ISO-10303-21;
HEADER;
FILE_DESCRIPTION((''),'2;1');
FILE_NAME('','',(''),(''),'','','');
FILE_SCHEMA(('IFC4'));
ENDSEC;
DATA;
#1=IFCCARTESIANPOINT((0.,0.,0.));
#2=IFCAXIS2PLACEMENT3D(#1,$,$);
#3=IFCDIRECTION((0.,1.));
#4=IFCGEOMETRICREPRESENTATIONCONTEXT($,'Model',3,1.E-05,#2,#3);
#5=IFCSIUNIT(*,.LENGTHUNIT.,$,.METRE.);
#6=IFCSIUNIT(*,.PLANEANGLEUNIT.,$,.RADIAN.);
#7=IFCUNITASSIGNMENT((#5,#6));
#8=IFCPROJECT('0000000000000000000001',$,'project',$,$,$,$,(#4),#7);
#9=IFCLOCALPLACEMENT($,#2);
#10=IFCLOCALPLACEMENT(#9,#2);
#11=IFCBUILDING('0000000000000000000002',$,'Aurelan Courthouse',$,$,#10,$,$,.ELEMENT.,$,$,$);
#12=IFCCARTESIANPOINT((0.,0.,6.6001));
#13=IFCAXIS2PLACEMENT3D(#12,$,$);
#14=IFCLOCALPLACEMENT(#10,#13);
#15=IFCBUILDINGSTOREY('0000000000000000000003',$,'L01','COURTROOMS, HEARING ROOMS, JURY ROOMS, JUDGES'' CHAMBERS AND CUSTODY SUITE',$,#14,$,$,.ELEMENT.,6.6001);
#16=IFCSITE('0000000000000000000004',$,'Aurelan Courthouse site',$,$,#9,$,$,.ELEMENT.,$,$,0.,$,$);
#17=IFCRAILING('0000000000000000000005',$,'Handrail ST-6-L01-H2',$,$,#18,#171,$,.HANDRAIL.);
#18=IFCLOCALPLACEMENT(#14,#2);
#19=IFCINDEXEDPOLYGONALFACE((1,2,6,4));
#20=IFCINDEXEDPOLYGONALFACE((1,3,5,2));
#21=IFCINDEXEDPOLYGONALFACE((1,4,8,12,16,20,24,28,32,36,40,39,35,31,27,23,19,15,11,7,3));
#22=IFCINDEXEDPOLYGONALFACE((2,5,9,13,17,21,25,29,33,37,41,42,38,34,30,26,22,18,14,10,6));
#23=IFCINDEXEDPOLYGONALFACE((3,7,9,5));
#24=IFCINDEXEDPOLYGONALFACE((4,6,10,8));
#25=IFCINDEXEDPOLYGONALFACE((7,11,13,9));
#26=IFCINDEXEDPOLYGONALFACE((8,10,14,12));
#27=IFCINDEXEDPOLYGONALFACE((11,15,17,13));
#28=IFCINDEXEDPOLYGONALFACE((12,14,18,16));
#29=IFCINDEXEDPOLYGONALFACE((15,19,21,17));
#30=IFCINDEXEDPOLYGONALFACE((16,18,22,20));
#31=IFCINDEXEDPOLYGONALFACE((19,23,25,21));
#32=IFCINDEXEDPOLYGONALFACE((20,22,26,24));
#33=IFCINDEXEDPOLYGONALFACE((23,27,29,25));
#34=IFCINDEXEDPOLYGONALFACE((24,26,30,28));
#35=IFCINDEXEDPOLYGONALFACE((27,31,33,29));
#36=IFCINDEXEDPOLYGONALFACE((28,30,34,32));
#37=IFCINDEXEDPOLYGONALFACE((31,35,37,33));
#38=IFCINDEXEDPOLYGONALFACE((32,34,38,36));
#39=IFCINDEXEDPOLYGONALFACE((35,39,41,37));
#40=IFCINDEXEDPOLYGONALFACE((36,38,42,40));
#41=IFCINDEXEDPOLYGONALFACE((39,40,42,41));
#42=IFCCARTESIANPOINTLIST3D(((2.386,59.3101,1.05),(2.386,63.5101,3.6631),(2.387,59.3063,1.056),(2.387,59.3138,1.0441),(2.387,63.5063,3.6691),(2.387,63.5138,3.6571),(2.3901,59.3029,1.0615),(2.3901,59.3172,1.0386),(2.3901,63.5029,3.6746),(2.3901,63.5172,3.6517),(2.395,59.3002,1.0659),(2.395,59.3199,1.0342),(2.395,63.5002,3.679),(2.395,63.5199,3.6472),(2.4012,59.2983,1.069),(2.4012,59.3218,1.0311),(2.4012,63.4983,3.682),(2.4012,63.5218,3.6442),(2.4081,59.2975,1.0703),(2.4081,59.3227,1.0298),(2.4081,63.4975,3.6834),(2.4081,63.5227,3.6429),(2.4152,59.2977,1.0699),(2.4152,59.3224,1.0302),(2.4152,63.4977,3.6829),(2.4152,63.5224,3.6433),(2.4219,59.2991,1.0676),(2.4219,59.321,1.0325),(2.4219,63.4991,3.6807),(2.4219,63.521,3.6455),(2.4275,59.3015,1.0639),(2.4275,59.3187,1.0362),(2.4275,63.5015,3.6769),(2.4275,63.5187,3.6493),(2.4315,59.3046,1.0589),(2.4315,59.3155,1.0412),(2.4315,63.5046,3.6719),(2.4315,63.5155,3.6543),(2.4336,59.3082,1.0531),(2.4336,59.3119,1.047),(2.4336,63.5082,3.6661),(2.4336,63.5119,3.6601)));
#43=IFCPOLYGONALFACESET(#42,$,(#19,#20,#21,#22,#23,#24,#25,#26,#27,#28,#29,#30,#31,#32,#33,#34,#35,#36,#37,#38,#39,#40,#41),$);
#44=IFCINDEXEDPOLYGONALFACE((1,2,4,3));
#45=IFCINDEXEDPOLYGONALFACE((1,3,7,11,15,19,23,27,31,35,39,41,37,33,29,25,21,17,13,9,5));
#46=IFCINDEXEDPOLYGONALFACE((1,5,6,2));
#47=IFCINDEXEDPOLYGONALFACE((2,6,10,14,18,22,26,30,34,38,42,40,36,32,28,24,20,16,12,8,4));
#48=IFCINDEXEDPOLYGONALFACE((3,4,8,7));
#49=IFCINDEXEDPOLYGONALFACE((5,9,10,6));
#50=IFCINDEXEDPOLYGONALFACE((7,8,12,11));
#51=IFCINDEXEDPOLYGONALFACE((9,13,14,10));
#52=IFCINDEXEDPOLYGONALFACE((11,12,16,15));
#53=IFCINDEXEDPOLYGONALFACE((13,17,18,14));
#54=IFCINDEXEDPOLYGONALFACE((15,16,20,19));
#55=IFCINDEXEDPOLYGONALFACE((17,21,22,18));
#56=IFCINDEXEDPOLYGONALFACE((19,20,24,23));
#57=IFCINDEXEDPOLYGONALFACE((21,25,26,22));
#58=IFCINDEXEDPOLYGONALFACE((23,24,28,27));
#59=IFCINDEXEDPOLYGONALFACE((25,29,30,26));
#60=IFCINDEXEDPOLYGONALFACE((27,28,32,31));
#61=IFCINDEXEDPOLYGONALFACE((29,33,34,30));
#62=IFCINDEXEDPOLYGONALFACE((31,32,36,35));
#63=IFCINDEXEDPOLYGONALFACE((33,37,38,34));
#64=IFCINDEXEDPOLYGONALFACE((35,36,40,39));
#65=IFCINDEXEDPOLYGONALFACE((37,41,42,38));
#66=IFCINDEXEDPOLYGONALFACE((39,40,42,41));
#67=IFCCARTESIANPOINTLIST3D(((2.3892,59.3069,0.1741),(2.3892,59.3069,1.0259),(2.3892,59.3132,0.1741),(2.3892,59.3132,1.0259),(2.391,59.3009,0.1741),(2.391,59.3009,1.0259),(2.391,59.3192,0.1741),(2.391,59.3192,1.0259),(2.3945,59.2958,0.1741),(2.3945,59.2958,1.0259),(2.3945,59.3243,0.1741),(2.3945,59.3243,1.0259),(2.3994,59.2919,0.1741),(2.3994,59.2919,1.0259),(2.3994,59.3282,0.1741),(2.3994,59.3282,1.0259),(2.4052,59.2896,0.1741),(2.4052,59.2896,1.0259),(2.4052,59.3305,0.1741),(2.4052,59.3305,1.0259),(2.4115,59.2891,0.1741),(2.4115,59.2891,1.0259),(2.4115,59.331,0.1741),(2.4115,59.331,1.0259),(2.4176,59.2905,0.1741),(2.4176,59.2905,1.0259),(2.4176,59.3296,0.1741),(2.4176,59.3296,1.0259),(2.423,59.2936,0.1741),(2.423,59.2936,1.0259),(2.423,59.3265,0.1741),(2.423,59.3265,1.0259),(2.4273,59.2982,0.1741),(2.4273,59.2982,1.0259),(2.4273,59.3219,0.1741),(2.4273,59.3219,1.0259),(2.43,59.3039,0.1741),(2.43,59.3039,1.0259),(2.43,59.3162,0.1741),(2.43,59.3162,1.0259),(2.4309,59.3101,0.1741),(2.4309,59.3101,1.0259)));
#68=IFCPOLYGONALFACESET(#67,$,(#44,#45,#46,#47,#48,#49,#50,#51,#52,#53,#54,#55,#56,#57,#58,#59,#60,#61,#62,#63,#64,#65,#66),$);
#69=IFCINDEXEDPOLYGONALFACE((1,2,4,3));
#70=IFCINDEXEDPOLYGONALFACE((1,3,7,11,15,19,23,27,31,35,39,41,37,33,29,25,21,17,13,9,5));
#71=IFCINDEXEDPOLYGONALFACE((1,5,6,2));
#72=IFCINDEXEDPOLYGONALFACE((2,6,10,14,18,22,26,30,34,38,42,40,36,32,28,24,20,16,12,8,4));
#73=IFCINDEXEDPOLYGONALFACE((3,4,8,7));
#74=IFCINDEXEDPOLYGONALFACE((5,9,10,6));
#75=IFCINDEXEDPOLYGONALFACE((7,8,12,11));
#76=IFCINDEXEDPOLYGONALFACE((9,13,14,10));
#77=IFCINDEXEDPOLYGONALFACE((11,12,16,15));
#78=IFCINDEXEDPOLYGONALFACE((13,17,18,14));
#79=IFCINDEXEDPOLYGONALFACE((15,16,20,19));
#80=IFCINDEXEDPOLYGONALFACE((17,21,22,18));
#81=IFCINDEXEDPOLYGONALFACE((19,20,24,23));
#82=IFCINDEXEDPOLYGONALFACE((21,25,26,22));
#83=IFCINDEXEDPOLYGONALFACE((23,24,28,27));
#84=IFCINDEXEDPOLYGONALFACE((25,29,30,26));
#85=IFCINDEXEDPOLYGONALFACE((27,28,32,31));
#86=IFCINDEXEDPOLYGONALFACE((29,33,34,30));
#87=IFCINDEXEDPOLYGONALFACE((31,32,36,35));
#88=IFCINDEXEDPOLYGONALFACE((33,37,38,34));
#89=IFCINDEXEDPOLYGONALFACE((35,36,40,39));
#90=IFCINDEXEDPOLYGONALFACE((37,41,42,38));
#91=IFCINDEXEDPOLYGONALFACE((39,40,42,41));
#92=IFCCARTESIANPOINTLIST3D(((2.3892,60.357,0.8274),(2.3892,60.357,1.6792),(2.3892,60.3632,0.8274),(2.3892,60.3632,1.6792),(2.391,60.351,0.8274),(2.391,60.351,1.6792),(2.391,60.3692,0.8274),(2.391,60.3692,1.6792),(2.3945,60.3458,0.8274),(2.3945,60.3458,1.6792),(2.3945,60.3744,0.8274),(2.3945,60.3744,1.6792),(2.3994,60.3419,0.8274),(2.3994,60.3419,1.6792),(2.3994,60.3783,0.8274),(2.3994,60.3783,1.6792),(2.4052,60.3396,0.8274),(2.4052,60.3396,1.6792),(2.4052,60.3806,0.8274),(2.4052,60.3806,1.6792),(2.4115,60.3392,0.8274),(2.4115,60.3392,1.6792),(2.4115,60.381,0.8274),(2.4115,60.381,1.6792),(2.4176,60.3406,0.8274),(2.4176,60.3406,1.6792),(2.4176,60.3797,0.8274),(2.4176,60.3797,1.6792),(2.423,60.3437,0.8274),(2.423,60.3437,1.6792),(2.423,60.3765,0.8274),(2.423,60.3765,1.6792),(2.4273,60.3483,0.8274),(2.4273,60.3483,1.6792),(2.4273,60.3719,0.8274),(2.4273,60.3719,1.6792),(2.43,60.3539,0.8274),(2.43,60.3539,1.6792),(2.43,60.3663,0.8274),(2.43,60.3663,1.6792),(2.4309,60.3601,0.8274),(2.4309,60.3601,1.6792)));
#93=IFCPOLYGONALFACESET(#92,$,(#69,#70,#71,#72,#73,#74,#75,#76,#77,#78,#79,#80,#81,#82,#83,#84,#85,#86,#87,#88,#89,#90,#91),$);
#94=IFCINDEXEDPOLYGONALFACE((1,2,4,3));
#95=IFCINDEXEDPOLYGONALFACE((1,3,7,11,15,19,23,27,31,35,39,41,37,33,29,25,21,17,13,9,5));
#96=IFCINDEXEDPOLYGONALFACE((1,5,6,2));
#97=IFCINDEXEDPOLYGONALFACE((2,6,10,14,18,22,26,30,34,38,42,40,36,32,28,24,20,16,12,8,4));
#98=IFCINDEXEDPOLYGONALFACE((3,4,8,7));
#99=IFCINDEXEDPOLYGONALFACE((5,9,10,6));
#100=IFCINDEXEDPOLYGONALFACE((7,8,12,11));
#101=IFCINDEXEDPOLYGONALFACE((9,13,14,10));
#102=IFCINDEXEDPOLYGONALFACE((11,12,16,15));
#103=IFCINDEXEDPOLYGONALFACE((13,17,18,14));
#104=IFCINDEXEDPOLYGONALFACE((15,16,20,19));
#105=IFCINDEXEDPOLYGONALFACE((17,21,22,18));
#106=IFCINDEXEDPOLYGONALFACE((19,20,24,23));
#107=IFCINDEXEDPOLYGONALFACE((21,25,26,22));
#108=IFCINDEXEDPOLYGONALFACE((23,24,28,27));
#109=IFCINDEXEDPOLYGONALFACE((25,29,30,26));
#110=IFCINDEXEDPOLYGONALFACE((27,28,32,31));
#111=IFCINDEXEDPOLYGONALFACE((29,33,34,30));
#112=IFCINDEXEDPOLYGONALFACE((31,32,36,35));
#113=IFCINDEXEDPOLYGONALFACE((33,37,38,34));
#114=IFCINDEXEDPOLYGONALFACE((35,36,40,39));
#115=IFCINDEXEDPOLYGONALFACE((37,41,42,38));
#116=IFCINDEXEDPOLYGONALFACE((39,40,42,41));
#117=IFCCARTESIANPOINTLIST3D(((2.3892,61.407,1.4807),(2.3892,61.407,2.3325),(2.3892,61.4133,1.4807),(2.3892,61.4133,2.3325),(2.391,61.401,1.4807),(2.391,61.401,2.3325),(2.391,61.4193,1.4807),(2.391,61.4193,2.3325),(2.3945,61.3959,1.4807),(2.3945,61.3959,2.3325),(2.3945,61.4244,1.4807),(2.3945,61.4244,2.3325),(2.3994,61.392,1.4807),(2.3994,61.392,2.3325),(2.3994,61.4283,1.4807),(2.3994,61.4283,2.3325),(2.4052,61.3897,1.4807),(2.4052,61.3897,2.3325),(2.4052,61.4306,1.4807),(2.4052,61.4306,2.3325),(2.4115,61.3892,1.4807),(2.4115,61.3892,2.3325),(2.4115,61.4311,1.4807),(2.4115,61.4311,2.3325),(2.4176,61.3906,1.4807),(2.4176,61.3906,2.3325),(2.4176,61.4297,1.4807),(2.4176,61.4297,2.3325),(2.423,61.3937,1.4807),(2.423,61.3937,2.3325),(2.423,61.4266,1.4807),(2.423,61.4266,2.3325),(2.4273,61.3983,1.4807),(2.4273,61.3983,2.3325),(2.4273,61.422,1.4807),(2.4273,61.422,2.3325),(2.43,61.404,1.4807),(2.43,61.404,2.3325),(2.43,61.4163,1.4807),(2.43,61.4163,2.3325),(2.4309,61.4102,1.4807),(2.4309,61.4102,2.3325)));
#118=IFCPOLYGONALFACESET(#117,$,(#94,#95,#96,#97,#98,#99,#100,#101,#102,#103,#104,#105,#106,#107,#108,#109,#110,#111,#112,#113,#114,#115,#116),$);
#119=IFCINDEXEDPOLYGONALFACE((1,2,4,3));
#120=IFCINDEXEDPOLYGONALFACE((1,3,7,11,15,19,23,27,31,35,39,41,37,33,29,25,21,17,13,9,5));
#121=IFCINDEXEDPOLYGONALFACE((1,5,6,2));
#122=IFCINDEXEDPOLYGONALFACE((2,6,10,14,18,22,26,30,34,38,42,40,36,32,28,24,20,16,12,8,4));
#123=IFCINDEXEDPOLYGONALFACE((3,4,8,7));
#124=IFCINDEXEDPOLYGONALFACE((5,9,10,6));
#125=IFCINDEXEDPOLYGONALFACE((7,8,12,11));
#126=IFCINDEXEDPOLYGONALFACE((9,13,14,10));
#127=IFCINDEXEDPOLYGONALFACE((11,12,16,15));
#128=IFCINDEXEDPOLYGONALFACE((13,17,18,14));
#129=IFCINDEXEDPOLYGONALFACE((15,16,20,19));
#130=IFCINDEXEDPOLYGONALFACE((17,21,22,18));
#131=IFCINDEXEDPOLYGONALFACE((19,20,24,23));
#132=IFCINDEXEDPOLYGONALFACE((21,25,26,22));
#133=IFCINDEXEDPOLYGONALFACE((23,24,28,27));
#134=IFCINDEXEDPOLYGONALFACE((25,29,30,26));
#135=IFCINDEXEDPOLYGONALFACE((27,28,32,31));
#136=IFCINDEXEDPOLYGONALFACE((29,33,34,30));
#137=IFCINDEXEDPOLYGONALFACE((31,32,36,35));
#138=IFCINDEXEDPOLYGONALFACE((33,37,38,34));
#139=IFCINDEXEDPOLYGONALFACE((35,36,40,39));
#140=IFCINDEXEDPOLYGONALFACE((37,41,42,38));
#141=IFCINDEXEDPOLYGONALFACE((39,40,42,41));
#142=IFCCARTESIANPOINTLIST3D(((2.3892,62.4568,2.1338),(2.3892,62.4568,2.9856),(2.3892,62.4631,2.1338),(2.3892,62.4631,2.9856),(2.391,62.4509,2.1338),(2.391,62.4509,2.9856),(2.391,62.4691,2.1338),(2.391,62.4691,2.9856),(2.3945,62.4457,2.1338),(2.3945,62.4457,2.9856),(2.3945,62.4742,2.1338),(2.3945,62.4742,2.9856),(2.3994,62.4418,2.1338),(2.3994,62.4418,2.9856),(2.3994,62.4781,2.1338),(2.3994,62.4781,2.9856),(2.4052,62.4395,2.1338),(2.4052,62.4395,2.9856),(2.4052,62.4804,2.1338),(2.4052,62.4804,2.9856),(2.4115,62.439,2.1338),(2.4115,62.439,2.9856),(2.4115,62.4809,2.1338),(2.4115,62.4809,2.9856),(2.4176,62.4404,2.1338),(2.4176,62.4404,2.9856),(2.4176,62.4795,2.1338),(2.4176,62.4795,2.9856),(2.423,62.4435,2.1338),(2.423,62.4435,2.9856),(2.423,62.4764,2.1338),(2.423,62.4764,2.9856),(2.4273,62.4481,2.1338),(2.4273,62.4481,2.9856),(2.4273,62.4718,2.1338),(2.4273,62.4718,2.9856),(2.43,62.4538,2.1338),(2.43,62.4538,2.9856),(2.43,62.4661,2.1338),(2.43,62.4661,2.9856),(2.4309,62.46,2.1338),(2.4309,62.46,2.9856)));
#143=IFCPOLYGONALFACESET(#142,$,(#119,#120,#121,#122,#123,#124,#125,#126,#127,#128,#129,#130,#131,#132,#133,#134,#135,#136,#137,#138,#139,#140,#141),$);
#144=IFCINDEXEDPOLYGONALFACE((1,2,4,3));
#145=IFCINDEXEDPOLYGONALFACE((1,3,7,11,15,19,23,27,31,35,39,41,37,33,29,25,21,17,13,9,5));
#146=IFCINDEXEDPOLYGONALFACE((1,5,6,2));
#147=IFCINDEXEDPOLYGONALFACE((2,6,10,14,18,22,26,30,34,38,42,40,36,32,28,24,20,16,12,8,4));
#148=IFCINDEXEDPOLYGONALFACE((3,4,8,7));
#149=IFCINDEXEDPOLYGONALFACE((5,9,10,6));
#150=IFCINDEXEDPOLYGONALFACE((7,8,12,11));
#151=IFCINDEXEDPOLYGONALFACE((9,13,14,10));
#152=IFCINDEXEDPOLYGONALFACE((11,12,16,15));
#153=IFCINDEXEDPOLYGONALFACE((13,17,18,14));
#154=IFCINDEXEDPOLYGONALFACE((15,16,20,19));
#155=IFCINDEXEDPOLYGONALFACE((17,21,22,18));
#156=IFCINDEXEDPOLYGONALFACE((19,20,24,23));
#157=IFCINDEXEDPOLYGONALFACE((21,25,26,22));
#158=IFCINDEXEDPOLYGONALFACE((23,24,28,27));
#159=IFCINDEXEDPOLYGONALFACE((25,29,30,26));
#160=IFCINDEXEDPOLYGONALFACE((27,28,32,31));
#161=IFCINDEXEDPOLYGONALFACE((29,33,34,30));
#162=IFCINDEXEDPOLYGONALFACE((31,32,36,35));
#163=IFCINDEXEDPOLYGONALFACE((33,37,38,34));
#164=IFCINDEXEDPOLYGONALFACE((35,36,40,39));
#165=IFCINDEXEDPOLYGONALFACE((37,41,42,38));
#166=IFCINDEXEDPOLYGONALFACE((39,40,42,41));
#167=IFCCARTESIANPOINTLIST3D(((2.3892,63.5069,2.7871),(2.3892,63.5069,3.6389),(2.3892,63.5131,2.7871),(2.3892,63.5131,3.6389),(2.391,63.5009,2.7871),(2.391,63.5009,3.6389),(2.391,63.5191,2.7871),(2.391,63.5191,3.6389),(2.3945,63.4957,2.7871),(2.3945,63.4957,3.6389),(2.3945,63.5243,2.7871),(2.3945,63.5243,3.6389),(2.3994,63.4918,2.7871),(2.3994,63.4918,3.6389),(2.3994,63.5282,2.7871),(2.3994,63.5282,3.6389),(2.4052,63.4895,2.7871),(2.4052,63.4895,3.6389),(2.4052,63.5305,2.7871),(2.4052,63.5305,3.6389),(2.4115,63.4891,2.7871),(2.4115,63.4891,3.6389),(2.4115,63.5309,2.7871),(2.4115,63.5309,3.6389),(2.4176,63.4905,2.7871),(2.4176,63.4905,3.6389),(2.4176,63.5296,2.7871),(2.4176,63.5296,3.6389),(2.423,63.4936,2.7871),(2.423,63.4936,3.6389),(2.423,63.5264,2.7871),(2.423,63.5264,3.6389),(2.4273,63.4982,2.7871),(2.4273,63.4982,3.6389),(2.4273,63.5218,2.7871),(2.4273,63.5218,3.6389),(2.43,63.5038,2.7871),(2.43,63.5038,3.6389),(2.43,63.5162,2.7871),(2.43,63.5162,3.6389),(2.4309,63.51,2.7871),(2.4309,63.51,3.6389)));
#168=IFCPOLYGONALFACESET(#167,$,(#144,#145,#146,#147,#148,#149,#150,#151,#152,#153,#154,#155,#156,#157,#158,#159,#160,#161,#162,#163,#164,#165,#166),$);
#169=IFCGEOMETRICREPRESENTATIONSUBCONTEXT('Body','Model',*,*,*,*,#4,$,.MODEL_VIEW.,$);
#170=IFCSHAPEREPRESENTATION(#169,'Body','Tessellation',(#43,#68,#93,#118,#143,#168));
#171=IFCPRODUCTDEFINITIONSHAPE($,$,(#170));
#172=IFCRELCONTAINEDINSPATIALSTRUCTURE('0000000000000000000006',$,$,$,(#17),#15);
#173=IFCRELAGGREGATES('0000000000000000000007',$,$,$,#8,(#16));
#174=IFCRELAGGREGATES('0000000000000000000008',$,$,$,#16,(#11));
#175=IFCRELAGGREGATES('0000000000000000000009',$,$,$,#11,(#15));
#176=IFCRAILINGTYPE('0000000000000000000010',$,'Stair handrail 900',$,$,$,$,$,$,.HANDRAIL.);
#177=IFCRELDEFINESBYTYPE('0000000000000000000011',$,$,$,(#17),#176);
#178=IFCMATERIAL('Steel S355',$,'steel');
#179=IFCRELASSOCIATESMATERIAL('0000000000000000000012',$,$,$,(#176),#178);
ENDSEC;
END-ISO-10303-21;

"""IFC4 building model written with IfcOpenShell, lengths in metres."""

from ifc_helpers import new_model, si_unit, direction, frame, origin, origin_2d, place, context, subcontext, project, spatial, circle, extrude, material, type_object, element, save


model = new_model("IFC4")

# Units and contexts
model_context = context("Model", 3, precision=1e-05, world=origin(), true_north=direction((0.0, 1.0)))
body_context = subcontext(model_context, "Body", "Model", "MODEL_VIEW")
ifc_project = project(units=[si_unit("LENGTHUNIT", "METRE"), si_unit("PLANEANGLEUNIT", "RADIAN")], contexts=[model_context])

# Site, building, storey
site_placement = place(None, origin())
site = spatial("IfcSite", under=ifc_project, at=site_placement, Name="Aurelan Courthouse site", CompositionType="ELEMENT", RefElevation=0.0)
building_placement = place(site_placement, origin())
building = spatial("IfcBuilding", under=site, at=building_placement, Name="Aurelan Courthouse", CompositionType="ELEMENT")
storey_placement = place(building_placement, frame((0.0, 0.0, 6.6001)))
storey = spatial("IfcBuildingStorey", under=building, at=storey_placement, Name="L01", Description="COURTROOMS, HEARING ROOMS, JURY ROOMS, JUDGES' CHAMBERS AND CUSTODY SUITE", CompositionType="ELEMENT", Elevation=6.6001)

# Railing
ifc_material_1 = material(Name="Steel S355", Category="steel")
railing_type = type_object("IfcRailingType", Name="Stair handrail 900", PredefinedType="HANDRAIL", material=ifc_material_1)
for number, where, name in (
    (1, (2.4099, 59.3101, 0.1741), "Handrail ST-6-L01-H2"),
):
    element("IfcRailing", number, at=place(storey_placement, frame(where)), inside=storey, type_object=railing_type, Name=name, PredefinedType="HANDRAIL", context=body_context, shape_type="SweptSolid", body=[
        extrude(circle(Radius=0.0239, at=origin_2d()), frame((0.0, 0.0, 0.876), z_axis=(0.0, 0.849081, 0.528263), x_axis=(-1.0, 0.0, 0.0)), (0.0, 0.0, 1.0), 4.9465),
        extrude(circle(Radius=0.021, at=origin_2d()), origin(), (0.0, 0.0, 1.0), 0.8518),
        extrude(circle(Radius=0.021, at=origin_2d()), frame((0.0, 1.05, 0.6533)), (0.0, 0.0, 1.0), 0.8518),
        extrude(circle(Radius=0.021, at=origin_2d()), frame((0.0, 2.1001, 1.3066)), (0.0, 0.0, 1.0), 0.8518),
        extrude(circle(Radius=0.021, at=origin_2d()), frame((0.0, 3.1499, 1.9597)), (0.0, 0.0, 1.0), 0.8518),
        extrude(circle(Radius=0.021, at=origin_2d()), frame((0.0, 4.2, 2.613)), (0.0, 0.0, 1.0), 0.8518),
    ])

save(model, "model.ifc")
